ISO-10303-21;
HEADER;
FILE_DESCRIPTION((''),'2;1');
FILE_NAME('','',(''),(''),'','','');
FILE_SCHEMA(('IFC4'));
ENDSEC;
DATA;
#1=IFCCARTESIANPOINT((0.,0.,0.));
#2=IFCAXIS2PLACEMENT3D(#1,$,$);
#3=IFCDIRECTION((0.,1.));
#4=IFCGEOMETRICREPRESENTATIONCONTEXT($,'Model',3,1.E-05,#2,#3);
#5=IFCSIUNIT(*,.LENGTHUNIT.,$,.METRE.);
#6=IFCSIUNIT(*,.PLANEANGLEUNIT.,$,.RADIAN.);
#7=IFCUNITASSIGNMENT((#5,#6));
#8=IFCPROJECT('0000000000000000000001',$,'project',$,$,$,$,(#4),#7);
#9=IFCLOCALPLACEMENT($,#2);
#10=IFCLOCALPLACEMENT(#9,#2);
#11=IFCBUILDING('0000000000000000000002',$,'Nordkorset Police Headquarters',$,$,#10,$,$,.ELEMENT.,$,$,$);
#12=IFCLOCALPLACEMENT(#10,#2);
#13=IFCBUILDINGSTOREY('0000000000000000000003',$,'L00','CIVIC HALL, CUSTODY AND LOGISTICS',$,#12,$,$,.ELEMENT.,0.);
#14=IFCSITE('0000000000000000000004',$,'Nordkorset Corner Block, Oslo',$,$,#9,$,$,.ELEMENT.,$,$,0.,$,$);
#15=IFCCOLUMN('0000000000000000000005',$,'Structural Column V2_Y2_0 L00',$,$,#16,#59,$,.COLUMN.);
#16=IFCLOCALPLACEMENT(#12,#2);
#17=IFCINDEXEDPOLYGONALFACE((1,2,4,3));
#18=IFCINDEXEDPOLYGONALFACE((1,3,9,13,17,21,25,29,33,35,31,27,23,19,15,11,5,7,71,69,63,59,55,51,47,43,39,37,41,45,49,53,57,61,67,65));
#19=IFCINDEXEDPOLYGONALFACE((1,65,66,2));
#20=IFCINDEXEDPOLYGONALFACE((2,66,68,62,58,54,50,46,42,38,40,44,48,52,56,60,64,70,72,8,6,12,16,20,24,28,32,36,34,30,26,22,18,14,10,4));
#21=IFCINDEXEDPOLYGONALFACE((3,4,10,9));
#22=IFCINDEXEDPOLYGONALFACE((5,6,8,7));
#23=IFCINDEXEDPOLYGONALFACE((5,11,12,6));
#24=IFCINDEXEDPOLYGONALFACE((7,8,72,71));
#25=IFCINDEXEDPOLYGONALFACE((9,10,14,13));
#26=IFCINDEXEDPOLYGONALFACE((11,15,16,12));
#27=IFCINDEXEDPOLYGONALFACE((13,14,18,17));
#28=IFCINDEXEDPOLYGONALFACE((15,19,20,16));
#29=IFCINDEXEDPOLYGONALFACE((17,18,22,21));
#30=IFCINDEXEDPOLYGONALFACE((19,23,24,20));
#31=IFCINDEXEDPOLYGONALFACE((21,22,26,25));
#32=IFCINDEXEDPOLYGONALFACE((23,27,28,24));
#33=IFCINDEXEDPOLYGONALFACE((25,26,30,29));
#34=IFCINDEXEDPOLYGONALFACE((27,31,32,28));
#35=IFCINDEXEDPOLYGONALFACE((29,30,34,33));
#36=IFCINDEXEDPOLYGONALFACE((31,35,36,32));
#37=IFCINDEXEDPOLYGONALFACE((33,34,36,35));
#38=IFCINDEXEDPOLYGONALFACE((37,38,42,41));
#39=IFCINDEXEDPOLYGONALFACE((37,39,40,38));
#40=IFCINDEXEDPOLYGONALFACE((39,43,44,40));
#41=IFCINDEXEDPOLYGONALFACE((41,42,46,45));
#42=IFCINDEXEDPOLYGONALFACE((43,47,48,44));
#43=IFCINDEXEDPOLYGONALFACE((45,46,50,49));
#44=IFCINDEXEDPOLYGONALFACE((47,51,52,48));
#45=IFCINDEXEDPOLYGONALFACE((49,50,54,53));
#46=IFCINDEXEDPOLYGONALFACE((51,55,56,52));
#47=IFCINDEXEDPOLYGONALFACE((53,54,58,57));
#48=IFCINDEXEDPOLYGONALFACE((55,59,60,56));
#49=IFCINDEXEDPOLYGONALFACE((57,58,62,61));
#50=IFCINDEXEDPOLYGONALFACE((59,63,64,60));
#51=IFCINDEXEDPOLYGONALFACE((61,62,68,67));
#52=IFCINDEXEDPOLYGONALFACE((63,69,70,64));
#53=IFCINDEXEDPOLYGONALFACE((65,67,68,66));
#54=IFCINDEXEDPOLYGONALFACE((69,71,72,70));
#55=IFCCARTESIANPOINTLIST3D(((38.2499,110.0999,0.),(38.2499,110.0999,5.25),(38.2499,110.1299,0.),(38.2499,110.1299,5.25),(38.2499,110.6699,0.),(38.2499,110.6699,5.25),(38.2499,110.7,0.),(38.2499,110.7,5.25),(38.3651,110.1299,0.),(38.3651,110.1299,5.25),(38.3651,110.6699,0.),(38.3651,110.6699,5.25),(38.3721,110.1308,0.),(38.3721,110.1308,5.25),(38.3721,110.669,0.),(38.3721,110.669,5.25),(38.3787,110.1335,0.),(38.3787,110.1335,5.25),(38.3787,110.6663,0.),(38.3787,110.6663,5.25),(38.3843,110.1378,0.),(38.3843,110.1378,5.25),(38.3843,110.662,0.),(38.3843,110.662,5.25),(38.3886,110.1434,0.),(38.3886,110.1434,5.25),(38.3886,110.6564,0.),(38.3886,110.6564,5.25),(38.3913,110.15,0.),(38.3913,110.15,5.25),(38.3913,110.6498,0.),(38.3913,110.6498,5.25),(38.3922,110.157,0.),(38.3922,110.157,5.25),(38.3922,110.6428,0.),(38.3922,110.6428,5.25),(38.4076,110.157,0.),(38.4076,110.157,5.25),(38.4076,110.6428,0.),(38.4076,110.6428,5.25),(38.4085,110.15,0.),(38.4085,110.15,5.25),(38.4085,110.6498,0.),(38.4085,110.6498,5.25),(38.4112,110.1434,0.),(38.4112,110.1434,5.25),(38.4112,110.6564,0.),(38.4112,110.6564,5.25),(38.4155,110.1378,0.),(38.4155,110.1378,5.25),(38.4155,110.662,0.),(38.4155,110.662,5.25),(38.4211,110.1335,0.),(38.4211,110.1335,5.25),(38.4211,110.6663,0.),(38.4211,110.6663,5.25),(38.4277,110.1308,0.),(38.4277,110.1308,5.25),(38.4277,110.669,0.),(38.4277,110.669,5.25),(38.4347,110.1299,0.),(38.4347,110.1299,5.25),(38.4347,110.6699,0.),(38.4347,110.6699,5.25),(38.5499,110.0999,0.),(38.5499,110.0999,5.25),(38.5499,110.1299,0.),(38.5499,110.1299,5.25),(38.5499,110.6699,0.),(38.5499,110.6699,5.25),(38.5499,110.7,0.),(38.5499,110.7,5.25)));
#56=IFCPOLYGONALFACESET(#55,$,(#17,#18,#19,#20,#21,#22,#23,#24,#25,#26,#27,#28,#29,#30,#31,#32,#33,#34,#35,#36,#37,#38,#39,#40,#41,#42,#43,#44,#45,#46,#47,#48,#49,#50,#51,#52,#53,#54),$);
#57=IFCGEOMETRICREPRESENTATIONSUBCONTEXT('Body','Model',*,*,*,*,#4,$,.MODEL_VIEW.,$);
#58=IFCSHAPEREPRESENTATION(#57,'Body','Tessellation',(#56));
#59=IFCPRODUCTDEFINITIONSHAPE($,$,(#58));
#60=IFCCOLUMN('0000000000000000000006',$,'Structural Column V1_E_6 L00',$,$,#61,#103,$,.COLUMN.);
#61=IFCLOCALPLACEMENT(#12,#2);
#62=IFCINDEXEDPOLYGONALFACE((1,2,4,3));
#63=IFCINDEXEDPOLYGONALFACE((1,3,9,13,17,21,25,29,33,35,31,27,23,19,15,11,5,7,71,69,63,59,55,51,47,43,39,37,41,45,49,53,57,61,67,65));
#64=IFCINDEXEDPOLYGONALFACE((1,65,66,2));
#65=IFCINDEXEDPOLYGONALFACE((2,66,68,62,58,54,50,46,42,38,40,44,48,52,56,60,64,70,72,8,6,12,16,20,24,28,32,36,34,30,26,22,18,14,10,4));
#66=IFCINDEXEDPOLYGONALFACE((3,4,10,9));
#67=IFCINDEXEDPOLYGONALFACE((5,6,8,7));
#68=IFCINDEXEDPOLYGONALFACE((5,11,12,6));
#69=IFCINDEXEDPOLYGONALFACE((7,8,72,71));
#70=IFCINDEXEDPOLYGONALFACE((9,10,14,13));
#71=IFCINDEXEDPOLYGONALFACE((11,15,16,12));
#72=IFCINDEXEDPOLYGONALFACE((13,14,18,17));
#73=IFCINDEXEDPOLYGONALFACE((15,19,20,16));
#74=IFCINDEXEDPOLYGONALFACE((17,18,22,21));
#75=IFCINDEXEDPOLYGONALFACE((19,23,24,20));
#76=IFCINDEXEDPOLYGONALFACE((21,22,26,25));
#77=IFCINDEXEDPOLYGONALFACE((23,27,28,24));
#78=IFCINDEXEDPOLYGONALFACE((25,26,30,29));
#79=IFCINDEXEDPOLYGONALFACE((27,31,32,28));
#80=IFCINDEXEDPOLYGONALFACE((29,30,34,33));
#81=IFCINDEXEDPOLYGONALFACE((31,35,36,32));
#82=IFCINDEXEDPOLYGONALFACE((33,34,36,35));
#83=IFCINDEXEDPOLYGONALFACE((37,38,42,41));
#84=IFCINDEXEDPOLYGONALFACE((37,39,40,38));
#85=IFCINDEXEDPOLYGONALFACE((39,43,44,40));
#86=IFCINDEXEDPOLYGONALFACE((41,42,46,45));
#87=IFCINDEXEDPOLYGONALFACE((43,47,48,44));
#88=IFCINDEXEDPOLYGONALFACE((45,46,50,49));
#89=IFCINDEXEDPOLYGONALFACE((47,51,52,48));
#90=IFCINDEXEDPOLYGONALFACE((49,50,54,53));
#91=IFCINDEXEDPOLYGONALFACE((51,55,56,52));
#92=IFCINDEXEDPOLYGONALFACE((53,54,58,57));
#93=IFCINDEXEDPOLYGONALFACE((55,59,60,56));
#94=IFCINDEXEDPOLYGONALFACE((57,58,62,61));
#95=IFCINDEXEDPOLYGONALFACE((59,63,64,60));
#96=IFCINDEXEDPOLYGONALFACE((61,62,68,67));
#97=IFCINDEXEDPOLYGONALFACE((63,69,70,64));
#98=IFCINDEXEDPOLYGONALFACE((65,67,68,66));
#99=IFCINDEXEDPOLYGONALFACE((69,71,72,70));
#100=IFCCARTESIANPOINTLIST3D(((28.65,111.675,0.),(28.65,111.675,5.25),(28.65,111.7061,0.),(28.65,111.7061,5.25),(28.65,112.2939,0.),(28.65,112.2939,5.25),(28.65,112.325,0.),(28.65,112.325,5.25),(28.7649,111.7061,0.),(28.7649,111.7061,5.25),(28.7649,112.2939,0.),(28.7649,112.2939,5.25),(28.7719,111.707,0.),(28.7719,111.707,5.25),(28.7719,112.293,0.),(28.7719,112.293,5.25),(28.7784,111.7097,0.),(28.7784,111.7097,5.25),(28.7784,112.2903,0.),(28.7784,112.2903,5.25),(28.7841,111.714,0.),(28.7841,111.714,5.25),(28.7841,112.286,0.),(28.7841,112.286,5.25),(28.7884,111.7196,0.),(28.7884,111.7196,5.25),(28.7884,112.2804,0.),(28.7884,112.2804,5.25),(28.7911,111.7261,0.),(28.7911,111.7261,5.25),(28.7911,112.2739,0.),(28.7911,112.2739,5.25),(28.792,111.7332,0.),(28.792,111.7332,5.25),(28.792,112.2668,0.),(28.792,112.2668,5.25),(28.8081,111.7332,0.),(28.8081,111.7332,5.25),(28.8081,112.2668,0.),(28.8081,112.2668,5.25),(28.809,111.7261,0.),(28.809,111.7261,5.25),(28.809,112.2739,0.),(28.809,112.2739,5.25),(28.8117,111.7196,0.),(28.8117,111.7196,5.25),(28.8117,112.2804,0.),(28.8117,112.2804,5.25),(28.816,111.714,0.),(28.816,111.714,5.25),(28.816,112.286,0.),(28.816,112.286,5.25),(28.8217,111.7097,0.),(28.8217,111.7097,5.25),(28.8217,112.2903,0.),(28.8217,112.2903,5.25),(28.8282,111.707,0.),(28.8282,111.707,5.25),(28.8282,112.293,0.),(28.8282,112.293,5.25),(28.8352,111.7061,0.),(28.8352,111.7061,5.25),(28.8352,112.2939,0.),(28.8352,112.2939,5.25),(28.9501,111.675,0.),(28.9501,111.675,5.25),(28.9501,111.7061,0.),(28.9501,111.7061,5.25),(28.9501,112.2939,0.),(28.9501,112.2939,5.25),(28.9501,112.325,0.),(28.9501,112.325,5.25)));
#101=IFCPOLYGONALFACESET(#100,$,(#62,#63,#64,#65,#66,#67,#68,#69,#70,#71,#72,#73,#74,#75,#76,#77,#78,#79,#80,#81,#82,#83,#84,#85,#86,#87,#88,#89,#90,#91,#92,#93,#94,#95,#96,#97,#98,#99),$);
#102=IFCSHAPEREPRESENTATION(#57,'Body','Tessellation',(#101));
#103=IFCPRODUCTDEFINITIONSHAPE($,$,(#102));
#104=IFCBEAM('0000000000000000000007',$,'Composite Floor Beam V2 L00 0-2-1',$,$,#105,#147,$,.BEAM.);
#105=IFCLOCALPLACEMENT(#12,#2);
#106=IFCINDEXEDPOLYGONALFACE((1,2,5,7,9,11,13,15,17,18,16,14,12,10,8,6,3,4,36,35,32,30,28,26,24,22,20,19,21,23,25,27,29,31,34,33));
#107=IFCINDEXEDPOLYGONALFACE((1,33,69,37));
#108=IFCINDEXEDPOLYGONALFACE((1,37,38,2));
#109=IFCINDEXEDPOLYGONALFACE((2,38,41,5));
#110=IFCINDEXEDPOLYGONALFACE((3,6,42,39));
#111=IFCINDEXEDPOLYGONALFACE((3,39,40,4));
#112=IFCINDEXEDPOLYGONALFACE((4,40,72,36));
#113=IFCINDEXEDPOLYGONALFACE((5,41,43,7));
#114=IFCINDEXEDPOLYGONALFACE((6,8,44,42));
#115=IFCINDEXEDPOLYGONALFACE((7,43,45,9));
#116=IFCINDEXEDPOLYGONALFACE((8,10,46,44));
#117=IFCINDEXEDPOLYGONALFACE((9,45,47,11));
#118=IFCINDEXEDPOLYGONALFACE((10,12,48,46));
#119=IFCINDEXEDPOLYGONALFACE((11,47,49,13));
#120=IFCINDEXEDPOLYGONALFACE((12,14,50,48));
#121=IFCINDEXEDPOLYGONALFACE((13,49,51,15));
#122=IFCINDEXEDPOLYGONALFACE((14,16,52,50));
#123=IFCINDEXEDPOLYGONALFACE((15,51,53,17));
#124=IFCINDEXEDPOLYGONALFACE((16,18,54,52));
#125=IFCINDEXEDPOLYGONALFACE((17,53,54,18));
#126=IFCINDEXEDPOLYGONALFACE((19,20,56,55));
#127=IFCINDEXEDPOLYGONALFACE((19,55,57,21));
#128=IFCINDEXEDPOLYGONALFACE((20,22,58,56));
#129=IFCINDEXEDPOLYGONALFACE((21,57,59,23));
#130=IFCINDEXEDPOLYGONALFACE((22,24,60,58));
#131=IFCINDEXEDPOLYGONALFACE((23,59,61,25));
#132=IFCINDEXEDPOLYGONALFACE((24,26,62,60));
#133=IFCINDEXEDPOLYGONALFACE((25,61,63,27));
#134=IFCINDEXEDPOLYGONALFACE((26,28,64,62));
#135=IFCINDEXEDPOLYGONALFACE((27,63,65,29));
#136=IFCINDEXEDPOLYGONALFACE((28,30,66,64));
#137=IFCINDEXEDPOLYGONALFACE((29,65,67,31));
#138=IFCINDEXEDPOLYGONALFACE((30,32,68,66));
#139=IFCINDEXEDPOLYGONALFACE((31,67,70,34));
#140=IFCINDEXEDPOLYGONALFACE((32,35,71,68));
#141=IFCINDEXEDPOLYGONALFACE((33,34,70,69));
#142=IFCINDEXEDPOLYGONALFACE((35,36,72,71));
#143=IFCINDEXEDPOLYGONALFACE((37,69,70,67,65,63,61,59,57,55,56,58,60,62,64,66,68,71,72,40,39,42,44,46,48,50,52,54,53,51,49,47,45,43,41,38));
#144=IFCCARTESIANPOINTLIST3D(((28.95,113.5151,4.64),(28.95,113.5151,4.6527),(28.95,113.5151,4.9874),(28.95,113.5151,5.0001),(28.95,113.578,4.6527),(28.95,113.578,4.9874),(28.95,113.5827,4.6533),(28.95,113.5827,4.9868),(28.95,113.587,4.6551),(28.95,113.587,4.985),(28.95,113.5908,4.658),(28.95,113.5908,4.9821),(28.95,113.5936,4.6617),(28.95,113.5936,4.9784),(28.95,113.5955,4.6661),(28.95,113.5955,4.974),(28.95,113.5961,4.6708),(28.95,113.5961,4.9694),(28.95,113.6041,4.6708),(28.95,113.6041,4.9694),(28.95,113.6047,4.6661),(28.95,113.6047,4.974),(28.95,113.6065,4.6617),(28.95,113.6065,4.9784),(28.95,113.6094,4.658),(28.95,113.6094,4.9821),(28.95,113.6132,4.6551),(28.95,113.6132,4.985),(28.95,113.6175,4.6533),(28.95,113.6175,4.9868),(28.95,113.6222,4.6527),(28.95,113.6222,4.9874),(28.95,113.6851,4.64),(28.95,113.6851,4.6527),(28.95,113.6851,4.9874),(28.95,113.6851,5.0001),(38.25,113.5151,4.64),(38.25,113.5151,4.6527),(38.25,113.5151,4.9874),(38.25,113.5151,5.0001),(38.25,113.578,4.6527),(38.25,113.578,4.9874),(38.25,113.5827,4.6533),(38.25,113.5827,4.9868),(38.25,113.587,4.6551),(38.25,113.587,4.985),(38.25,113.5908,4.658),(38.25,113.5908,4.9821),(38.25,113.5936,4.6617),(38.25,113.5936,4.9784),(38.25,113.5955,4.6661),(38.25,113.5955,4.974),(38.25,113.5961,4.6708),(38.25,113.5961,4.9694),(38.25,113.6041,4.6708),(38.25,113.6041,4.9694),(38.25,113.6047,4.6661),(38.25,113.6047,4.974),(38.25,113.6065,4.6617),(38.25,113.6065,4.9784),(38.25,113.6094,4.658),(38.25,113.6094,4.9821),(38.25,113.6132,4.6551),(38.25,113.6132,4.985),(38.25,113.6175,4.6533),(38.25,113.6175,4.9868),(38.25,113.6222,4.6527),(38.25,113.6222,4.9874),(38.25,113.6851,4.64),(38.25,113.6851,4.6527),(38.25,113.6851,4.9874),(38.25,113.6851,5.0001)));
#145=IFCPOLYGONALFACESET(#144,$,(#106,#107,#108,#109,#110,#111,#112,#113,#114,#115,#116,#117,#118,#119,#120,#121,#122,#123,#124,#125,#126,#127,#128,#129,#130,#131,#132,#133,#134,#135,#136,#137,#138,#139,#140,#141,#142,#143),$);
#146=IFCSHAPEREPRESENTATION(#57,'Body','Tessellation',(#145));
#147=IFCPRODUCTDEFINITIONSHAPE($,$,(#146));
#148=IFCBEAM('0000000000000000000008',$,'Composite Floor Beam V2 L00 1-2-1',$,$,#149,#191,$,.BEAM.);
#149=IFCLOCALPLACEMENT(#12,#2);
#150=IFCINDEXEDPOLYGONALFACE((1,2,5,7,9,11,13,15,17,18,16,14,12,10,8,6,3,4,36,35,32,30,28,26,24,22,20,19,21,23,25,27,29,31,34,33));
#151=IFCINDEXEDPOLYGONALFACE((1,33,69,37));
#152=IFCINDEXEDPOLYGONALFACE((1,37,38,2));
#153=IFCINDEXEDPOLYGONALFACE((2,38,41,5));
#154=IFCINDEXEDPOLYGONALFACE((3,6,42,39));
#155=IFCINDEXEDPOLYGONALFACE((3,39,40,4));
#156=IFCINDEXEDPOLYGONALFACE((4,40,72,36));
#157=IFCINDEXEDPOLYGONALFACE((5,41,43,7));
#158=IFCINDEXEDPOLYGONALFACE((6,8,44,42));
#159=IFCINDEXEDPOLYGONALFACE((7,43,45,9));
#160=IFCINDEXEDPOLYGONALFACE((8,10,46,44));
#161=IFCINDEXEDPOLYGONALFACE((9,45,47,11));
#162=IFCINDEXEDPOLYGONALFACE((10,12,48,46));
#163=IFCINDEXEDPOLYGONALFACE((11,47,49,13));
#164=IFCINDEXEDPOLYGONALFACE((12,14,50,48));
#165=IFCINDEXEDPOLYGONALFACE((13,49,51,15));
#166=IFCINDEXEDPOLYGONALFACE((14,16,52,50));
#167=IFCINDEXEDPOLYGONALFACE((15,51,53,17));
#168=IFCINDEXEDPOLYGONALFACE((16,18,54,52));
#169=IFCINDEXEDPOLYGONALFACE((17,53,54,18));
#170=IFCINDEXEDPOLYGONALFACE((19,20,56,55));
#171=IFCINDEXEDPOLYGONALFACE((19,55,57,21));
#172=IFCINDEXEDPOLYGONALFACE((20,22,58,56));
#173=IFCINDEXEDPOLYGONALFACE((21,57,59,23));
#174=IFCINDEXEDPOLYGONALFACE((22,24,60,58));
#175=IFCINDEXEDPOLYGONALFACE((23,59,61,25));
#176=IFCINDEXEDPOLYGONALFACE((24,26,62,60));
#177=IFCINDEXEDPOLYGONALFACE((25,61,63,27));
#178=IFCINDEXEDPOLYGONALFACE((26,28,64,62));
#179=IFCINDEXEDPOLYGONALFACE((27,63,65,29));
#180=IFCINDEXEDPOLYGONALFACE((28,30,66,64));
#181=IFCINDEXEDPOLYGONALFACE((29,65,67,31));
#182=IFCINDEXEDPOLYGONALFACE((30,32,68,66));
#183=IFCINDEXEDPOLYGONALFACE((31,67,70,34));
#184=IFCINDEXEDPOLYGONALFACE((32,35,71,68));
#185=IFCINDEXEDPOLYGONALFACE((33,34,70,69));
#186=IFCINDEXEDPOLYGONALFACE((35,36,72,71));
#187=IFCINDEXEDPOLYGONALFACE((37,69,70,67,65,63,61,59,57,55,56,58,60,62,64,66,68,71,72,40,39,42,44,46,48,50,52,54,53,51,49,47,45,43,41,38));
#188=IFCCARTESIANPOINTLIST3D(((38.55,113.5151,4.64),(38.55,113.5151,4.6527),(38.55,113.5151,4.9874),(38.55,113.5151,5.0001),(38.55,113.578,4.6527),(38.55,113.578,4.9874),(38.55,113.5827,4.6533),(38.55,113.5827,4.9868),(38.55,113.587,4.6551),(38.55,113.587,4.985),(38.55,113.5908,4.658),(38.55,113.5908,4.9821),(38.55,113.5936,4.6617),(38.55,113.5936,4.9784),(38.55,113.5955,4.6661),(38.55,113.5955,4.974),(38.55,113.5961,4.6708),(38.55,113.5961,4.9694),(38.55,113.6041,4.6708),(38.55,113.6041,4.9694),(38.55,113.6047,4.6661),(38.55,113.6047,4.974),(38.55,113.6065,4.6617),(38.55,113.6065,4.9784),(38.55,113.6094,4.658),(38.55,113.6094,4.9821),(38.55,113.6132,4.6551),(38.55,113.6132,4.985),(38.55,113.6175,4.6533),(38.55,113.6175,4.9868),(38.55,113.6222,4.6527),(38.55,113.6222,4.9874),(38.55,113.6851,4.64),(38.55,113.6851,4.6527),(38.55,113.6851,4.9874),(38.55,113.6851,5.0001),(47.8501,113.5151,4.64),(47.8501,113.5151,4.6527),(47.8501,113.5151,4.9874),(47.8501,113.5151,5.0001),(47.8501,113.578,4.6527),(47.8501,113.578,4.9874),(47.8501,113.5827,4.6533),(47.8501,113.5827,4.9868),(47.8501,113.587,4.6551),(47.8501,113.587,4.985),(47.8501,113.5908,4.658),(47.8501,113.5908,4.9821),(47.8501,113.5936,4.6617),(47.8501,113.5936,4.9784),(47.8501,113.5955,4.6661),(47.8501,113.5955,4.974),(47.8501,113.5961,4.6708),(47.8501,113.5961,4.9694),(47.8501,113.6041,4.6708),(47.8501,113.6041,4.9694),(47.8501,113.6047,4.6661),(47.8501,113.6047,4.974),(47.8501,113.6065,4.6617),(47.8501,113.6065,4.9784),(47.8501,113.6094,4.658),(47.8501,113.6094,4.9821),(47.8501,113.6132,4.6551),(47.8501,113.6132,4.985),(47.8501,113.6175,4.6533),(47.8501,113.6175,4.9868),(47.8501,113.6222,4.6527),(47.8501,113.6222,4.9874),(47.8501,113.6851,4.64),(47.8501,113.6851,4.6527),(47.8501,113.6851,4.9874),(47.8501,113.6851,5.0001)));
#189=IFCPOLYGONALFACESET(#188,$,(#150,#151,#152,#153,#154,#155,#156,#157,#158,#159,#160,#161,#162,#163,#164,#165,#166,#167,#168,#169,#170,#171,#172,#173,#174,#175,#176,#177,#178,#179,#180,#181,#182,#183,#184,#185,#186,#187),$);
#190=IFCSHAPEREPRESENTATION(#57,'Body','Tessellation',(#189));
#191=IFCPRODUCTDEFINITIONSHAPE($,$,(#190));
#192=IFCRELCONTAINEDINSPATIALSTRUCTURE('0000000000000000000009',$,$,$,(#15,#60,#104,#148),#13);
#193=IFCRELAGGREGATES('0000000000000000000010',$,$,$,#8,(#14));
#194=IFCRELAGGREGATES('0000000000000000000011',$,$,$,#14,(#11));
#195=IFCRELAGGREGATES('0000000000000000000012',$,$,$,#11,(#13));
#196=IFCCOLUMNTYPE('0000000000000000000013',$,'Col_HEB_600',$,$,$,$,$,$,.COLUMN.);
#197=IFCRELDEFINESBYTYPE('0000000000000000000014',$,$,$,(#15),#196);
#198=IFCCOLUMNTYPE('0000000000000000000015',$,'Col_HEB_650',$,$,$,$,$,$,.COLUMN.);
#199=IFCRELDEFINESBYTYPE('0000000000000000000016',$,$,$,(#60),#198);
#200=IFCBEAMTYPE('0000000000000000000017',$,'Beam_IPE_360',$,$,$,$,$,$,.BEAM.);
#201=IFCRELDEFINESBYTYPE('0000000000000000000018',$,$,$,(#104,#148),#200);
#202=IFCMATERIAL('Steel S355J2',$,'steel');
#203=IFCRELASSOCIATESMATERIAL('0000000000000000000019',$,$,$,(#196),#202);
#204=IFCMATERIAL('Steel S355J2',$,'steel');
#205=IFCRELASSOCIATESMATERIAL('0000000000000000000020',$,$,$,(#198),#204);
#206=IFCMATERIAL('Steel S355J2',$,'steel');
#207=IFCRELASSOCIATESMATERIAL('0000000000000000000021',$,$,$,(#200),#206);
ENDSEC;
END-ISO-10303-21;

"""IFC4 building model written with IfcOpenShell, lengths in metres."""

from ifc_helpers import new_model, si_unit, direction, frame, origin, origin_2d, place, context, subcontext, project, spatial, i_section, extrude, material, material_profile, profile_set, type_object, element, save


model = new_model("IFC4")

# Units and contexts
model_context = context("Model", 3, precision=1e-05, world=origin(), true_north=direction((0.0, 1.0)))
body_context = subcontext(model_context, "Body", "Model", "MODEL_VIEW")
ifc_project = project(units=[si_unit("LENGTHUNIT", "METRE"), si_unit("PLANEANGLEUNIT", "RADIAN")], contexts=[model_context])

# Site, building, storey
site_placement = place(None, origin())
site = spatial("IfcSite", under=ifc_project, at=site_placement, Name="Nordkorset Corner Block, Oslo", CompositionType="ELEMENT", RefElevation=0.0)
building_placement = place(site_placement, origin())
building = spatial("IfcBuilding", under=site, at=building_placement, Name="Nordkorset Police Headquarters", CompositionType="ELEMENT")
storey_placement = place(building_placement, origin())
storey = spatial("IfcBuildingStorey", under=building, at=storey_placement, Name="L00", Description="CIVIC HALL, CUSTODY AND LOGISTICS", CompositionType="ELEMENT", Elevation=0.0)

# Columns
ifc_material_1 = material(Name="Steel S355J2", Category="steel")
ifc_material_profile_1 = material_profile(ifc_material_1, i_section(OverallWidth=0.3, OverallDepth=0.6001, WebThickness=0.0154, FlangeThickness=0.03, FilletRadius=0.0271, at=origin_2d()), Name="HEB 600")
ifc_profile_set_1 = profile_set([ifc_material_profile_1], Name="Steel S355J2")
column_type_1 = type_object("IfcColumnType", Name="Col_HEB_600", PredefinedType="COLUMN", material=ifc_profile_set_1)
column_1_placement = place(storey_placement, frame((38.3999, 110.3999, 0.0), z_axis=(0.0, 0.0, 1.0), x_axis=(1.0, 0.0, 0.0)))
element("IfcColumn", 1, at=column_1_placement, inside=storey, type_object=column_type_1, Name="Structural Column V2_Y2_0 L00", PredefinedType="COLUMN", context=body_context, shape_type="SweptSolid", body=[
    extrude(i_section(OverallWidth=0.3, OverallDepth=0.6001, WebThickness=0.0154, FlangeThickness=0.03, FilletRadius=0.0271, at=origin_2d()), origin(), (0.0, 0.0, 1.0), 5.25),
])
ifc_material_2 = material(Name="Steel S355J2", Category="steel")
ifc_material_profile_2 = material_profile(ifc_material_2, i_section(OverallWidth=0.3, OverallDepth=0.6499, WebThickness=0.0161, FlangeThickness=0.031, FilletRadius=0.0271, at=origin_2d()), Name="HEB 650")
ifc_profile_set_2 = profile_set([ifc_material_profile_2], Name="Steel S355J2")
column_type_2 = type_object("IfcColumnType", Name="Col_HEB_650", PredefinedType="COLUMN", material=ifc_profile_set_2)
column_2_placement = place(storey_placement, frame((28.8, 112.0, 0.0), z_axis=(0.0, 0.0, 1.0), x_axis=(1.0, 0.0, 0.0)))
element("IfcColumn", 2, at=column_2_placement, inside=storey, type_object=column_type_2, Name="Structural Column V1_E_6 L00", PredefinedType="COLUMN", context=body_context, shape_type="SweptSolid", body=[
    extrude(i_section(OverallWidth=0.3, OverallDepth=0.6499, WebThickness=0.0161, FlangeThickness=0.031, FilletRadius=0.0271, at=origin_2d()), origin(), (0.0, 0.0, 1.0), 5.25),
])

# Beams
ifc_material_3 = material(Name="Steel S355J2", Category="steel")
ifc_material_profile_3 = material_profile(ifc_material_3, i_section(OverallWidth=0.1699, OverallDepth=0.3601, WebThickness=0.0081, FlangeThickness=0.0127, FilletRadius=0.0181, at=origin_2d()), Name="IPE 360")
ifc_profile_set_3 = profile_set([ifc_material_profile_3], Name="Steel S355J2")
beam_type_1 = type_object("IfcBeamType", Name="Beam_IPE_360", PredefinedType="BEAM", material=ifc_profile_set_3)
for number, where, z_axis, x_axis, name in (
    (3, (28.95, 113.6001, 4.8201), (1.0, 0.0, 0.0), (0.0, 1.0, 0.0), "Composite Floor Beam V2 L00 0-2-1"),
    (4, (38.55, 113.6001, 4.8201), (1.0, 0.0, 0.0), (0.0, 1.0, 0.0), "Composite Floor Beam V2 L00 1-2-1"),
):
    element("IfcBeam", number, at=place(storey_placement, frame(where, z_axis=z_axis, x_axis=x_axis)), inside=storey, type_object=beam_type_1, Name=name, PredefinedType="BEAM", context=body_context, shape_type="SweptSolid", body=[
        extrude(i_section(OverallWidth=0.1699, OverallDepth=0.3601, WebThickness=0.0081, FlangeThickness=0.0127, FilletRadius=0.0181, at=origin_2d()), origin(), (0.0, 0.0, 1.0), 9.3),
    ])

save(model, "model.ifc")
